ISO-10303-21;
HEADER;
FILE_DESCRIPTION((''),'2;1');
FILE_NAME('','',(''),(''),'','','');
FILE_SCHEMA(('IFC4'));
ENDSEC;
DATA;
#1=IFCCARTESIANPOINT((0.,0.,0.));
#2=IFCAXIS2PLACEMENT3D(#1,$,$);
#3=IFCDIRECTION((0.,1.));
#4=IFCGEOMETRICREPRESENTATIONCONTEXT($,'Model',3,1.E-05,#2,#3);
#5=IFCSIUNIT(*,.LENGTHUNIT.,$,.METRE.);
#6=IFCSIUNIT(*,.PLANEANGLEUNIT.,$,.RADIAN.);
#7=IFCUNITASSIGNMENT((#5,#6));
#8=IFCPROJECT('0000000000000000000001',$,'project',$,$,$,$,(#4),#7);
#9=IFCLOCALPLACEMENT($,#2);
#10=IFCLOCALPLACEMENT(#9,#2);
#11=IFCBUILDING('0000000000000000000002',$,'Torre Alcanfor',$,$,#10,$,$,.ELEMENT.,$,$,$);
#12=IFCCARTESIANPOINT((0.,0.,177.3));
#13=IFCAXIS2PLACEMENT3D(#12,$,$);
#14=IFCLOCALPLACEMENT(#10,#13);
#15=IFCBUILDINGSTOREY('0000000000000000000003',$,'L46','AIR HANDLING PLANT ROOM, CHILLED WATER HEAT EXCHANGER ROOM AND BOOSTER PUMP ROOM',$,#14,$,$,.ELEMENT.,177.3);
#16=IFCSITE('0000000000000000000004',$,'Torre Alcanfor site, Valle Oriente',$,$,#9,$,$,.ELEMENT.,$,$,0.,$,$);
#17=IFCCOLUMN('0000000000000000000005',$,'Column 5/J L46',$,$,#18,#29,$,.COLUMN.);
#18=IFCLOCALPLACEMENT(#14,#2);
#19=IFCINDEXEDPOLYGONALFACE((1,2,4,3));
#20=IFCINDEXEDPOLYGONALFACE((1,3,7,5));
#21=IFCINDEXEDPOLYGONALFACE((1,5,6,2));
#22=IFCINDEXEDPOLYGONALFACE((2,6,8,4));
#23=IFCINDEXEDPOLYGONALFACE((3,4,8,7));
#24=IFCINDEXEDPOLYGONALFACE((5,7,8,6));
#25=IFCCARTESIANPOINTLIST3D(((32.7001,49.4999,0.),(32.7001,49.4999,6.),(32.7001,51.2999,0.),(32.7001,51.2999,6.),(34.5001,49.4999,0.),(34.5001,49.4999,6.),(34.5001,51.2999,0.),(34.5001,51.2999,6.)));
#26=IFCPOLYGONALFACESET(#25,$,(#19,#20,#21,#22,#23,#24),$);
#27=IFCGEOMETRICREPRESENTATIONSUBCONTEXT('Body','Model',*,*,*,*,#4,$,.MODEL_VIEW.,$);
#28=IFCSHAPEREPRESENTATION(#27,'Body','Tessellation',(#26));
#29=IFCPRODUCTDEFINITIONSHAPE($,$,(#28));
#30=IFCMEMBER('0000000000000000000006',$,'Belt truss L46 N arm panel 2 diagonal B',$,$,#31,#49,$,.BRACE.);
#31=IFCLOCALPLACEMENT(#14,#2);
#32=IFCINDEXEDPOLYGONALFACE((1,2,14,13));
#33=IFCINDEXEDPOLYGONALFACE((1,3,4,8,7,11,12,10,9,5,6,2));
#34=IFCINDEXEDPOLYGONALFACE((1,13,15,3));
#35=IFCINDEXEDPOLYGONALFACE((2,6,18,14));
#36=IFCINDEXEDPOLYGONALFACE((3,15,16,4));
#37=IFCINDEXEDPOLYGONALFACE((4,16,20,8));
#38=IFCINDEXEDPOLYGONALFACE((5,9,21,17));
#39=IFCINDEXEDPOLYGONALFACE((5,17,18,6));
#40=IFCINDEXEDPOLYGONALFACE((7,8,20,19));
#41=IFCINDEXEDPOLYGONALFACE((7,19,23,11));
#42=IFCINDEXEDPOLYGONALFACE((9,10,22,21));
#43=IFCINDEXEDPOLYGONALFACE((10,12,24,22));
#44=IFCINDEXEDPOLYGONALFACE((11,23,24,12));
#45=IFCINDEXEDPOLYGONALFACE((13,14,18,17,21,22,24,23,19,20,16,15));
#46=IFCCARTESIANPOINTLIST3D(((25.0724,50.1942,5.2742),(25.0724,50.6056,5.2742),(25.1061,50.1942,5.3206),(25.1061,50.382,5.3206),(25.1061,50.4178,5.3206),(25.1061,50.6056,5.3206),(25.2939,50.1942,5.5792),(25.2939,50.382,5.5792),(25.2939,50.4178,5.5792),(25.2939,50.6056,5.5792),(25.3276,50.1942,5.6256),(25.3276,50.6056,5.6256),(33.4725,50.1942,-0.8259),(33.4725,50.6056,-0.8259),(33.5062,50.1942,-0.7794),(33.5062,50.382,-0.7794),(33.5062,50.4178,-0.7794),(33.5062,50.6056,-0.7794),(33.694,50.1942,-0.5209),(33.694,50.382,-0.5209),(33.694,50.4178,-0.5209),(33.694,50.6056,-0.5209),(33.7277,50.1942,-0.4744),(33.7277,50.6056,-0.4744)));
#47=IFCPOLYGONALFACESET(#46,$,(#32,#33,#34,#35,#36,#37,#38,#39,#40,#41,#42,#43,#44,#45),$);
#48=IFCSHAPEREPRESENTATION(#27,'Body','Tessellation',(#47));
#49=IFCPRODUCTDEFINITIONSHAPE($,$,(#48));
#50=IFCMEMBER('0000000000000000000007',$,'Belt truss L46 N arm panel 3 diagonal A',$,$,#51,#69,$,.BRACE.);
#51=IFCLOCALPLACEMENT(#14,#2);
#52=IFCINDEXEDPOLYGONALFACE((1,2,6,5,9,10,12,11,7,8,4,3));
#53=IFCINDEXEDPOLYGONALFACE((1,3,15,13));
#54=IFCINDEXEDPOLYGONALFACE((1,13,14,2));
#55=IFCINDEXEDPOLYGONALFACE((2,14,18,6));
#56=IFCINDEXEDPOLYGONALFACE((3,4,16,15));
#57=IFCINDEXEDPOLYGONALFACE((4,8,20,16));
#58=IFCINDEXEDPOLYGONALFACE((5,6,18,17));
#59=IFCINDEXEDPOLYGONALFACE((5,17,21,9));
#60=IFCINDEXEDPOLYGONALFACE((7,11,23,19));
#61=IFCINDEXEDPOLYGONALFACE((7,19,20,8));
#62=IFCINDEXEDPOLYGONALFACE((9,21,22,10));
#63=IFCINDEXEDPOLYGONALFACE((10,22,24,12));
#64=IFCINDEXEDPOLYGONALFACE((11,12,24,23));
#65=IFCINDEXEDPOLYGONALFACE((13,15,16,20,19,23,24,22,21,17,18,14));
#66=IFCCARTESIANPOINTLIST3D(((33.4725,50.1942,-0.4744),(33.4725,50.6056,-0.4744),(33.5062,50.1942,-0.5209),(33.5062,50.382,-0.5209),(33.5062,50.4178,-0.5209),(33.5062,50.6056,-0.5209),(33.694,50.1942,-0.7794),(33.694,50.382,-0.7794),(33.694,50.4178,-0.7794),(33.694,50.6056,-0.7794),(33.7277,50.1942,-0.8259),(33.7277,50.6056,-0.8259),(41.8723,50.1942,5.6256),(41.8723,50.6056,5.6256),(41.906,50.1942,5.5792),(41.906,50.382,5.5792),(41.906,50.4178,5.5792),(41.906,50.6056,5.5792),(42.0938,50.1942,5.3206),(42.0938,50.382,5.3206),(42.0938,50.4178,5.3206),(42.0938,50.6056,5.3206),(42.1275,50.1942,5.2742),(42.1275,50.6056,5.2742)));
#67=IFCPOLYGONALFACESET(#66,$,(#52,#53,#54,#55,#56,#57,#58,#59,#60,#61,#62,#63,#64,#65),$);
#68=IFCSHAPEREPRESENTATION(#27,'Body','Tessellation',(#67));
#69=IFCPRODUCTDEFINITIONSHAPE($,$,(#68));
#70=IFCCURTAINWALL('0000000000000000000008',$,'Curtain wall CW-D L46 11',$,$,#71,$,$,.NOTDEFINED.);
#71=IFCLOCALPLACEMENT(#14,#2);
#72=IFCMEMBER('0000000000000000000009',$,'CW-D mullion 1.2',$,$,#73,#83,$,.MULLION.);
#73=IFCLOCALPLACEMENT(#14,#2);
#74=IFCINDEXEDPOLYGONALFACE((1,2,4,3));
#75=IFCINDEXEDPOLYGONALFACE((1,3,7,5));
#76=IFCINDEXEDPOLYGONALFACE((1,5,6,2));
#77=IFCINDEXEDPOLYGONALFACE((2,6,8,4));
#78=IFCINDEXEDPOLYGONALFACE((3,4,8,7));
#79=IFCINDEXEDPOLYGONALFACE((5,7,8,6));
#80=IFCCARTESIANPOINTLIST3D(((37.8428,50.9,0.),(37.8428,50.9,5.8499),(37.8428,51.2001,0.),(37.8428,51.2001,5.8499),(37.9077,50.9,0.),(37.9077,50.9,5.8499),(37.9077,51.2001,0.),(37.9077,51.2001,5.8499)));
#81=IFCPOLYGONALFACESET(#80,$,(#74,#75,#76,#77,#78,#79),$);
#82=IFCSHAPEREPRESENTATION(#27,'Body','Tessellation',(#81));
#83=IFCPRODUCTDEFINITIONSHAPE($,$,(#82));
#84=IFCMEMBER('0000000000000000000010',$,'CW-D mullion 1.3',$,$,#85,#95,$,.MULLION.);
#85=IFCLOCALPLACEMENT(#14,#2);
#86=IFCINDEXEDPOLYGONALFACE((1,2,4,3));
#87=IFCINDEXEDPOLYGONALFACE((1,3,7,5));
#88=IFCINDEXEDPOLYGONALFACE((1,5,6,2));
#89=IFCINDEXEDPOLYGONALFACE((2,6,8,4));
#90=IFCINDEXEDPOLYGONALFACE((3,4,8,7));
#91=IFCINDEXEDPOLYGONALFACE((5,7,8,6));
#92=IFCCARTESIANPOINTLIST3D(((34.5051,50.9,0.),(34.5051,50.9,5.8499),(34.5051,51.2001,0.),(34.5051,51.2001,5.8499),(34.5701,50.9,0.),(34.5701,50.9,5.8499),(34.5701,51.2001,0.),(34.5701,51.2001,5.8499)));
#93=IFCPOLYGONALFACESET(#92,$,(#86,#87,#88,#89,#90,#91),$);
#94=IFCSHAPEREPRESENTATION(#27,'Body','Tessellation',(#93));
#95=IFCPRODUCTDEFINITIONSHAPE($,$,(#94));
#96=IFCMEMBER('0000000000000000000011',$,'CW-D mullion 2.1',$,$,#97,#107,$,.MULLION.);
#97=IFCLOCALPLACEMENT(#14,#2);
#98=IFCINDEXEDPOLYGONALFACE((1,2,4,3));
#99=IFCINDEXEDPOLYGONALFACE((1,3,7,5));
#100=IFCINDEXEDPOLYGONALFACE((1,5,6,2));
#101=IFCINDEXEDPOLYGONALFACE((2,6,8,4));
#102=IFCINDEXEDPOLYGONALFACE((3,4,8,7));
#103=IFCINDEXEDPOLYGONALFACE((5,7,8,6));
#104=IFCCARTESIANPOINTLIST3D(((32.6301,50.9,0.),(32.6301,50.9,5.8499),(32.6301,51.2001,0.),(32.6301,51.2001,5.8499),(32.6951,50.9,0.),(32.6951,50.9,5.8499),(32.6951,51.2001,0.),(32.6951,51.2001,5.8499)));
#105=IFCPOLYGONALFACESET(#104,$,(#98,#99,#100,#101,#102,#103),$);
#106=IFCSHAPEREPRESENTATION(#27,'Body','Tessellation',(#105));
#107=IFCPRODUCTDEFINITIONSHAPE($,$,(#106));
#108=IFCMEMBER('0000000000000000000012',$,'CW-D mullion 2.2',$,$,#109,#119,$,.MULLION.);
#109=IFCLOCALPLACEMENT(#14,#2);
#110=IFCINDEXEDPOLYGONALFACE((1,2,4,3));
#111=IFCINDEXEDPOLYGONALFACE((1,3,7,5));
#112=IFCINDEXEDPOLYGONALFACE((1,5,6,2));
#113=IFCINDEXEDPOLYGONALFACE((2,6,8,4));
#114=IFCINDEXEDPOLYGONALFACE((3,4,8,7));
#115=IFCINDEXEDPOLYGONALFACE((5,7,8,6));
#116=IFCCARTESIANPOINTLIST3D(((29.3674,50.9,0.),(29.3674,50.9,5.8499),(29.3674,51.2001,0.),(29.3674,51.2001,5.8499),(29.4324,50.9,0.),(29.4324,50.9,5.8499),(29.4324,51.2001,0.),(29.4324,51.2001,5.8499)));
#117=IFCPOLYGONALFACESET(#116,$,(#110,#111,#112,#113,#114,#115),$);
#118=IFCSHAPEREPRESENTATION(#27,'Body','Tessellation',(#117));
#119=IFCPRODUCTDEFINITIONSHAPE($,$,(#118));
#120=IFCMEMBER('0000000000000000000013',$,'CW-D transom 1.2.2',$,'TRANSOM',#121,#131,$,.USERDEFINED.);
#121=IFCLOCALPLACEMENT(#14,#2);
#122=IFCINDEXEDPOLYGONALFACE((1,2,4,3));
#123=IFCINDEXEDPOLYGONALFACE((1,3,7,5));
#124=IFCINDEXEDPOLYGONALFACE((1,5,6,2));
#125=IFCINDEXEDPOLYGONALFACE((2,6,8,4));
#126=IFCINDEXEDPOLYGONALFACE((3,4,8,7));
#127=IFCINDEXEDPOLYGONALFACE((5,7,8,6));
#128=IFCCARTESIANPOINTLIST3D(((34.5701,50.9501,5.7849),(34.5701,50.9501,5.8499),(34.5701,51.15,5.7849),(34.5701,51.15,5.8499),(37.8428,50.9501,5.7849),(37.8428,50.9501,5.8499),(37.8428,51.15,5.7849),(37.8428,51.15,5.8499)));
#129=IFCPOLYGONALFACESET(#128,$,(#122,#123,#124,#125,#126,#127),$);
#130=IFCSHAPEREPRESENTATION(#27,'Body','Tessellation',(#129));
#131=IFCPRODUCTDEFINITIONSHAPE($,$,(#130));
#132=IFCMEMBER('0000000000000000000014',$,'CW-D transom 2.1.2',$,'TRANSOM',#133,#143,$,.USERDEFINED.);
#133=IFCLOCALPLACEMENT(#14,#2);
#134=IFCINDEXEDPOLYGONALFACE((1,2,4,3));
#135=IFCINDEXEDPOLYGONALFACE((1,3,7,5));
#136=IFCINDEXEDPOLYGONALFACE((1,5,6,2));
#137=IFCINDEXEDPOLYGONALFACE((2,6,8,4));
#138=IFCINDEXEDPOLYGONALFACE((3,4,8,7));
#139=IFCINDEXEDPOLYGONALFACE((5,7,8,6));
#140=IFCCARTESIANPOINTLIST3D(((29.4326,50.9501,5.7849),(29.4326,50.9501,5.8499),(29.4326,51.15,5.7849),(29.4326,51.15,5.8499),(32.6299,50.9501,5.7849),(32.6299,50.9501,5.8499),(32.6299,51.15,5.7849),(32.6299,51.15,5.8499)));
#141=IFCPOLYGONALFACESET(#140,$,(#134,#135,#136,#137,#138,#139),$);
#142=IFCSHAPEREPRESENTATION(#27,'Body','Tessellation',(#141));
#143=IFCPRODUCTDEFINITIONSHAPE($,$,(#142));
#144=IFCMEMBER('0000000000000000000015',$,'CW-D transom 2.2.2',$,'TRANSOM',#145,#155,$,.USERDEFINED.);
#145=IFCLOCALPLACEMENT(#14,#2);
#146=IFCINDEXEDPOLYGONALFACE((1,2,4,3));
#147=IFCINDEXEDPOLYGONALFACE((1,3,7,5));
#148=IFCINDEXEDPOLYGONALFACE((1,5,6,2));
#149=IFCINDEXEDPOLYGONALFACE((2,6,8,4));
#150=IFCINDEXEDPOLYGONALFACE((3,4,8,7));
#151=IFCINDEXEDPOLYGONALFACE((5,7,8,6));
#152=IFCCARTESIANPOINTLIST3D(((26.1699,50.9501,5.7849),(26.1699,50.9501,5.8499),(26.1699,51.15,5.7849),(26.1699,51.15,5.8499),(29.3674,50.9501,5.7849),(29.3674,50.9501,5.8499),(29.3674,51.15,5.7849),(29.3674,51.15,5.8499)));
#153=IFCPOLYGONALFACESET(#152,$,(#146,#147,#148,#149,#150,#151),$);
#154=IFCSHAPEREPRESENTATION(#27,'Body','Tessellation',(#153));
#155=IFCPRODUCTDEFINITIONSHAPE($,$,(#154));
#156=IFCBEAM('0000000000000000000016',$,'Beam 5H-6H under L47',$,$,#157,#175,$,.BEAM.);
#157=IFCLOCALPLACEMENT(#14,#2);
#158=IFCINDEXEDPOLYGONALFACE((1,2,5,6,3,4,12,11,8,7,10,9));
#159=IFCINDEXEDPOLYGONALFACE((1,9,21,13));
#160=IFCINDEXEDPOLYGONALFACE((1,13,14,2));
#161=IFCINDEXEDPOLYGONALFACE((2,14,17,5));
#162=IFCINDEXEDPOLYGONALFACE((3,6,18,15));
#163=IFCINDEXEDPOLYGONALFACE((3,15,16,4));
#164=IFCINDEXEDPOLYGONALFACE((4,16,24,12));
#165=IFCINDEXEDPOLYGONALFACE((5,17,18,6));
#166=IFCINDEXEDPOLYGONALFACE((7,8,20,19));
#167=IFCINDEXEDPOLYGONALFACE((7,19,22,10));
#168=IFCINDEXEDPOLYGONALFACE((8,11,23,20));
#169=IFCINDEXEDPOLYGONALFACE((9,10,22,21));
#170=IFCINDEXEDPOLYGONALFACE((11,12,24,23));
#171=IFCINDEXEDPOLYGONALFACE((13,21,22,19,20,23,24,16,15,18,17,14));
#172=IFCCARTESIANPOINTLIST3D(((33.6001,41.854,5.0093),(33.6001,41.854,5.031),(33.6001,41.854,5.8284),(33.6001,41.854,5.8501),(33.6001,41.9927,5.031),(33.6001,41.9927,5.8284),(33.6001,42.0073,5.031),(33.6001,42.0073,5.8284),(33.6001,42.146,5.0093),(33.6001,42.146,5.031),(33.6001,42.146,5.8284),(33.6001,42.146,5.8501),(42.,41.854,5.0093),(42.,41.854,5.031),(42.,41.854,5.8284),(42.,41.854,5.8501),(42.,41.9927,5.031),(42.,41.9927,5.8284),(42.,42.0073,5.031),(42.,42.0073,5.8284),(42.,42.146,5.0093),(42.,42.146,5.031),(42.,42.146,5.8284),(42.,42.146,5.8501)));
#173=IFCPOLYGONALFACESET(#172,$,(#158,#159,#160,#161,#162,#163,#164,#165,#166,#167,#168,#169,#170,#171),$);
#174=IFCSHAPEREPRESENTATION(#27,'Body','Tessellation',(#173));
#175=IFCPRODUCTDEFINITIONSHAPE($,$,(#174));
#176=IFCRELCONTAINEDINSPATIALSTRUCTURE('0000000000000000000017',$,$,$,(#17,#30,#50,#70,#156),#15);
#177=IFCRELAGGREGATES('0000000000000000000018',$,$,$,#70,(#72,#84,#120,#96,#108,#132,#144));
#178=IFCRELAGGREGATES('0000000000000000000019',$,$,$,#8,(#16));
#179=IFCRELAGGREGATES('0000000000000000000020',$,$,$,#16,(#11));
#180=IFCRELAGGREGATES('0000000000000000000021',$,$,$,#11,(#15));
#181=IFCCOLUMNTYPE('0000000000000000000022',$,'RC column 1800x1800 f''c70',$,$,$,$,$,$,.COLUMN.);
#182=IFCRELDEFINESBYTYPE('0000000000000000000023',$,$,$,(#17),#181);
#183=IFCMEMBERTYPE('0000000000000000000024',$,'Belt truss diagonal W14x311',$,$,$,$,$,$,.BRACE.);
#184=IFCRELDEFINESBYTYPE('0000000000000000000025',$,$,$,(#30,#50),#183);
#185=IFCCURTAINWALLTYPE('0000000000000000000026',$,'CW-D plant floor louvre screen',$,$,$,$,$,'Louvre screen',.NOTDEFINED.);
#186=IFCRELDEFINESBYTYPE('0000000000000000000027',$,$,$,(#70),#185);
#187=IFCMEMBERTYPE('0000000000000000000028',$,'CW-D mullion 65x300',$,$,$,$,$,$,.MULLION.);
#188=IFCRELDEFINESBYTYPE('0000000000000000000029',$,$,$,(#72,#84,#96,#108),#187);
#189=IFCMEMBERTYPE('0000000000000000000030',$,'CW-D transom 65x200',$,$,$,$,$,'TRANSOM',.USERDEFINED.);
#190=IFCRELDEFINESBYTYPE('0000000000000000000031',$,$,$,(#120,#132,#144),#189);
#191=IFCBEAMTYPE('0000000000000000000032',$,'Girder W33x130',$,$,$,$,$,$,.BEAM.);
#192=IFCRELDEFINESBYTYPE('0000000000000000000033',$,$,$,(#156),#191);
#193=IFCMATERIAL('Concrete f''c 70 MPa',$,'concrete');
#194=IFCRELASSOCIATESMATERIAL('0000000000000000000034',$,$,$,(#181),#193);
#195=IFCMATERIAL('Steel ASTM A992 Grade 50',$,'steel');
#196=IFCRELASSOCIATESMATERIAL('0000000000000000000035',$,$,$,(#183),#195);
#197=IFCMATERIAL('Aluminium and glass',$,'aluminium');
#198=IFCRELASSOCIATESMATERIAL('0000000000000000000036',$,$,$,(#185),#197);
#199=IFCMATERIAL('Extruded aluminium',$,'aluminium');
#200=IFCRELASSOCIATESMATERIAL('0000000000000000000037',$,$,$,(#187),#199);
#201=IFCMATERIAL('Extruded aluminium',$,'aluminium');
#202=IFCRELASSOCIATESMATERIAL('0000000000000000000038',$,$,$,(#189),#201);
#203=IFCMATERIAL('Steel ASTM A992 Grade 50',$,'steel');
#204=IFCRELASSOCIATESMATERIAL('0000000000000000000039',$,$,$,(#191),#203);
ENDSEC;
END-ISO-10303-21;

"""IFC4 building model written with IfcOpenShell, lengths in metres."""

from ifc_helpers import new_model, si_unit, direction, frame, origin, origin_2d, place, context, subcontext, project, spatial, rectangle, i_section, extrude, material, material_profile, profile_set, type_object, element, aggregate, save


model = new_model("IFC4")

# Units and contexts
model_context = context("Model", 3, precision=1e-05, world=origin(), true_north=direction((0.0, 1.0)))
body_context = subcontext(model_context, "Body", "Model", "MODEL_VIEW")
ifc_project = project(units=[si_unit("LENGTHUNIT", "METRE"), si_unit("PLANEANGLEUNIT", "RADIAN")], contexts=[model_context])

# Site, building, storey
site_placement = place(None, origin())
site = spatial("IfcSite", under=ifc_project, at=site_placement, Name="Torre Alcanfor site, Valle Oriente", CompositionType="ELEMENT", RefElevation=0.0)
building_placement = place(site_placement, origin())
building = spatial("IfcBuilding", under=site, at=building_placement, Name="Torre Alcanfor", CompositionType="ELEMENT")
storey_placement = place(building_placement, frame((0.0, 0.0, 177.3)))
storey = spatial("IfcBuildingStorey", under=building, at=storey_placement, Name="L46", Description="AIR HANDLING PLANT ROOM, CHILLED WATER HEAT EXCHANGER ROOM AND BOOSTER PUMP ROOM", CompositionType="ELEMENT", Elevation=177.3)

# Column
ifc_material_1 = material(Name="Concrete f'c 70 MPa", Category="concrete")
ifc_material_profile_1 = material_profile(ifc_material_1, rectangle(XDim=1.8, YDim=1.8, at=origin_2d()), Name="1800x1800")
ifc_profile_set_1 = profile_set([ifc_material_profile_1], Name="Concrete f'c 70 MPa")
column_type = type_object("IfcColumnType", Name="RC column 1800x1800 f'c70", PredefinedType="COLUMN", material=ifc_profile_set_1)
column_placement = place(storey_placement, frame((33.6001, 50.3999, 0.0), z_axis=(0.0, 0.0, 1.0), x_axis=(1.0, 0.0, 0.0)))
element("IfcColumn", 1, at=column_placement, inside=storey, type_object=column_type, Name="Column 5/J L46", PredefinedType="COLUMN", context=body_context, shape_type="SweptSolid", body=[
    extrude(rectangle(XDim=1.8, YDim=1.8, at=origin_2d()), origin(), (0.0, 0.0, 1.0), 6.0),
])

# Members
ifc_material_2 = material(Name="Steel ASTM A992 Grade 50", Category="steel")
ifc_material_profile_2 = material_profile(ifc_material_2, i_section(OverallWidth=0.4114, OverallDepth=0.4343, WebThickness=0.0359, FlangeThickness=0.0574, at=origin_2d()), Name="W14x311")
ifc_profile_set_2 = profile_set([ifc_material_profile_2], Name="Steel ASTM A992 Grade 50")
member_type_1 = type_object("IfcMemberType", Name="Belt truss diagonal W14x311", PredefinedType="BRACE", material=ifc_profile_set_2)
member_1_placement = place(storey_placement, frame((33.6001, 50.3999, -0.6501), z_axis=(-0.809153, 0.0, 0.587598), x_axis=(0.0, -1.0, 0.0)))
element("IfcMember", 2, at=member_1_placement, inside=storey, type_object=member_type_1, Name="Belt truss L46 N arm panel 2 diagonal B", PredefinedType="BRACE", context=body_context, shape_type="SweptSolid", body=[
    extrude(i_section(OverallWidth=0.4114, OverallDepth=0.4343, WebThickness=0.0359, FlangeThickness=0.0574, at=origin_2d()), origin(), (0.0, 0.0, 1.0), 10.3813),
])
member_2_placement = place(storey_placement, frame((33.6001, 50.3999, -0.6501), z_axis=(0.809145, 0.0, 0.587609), x_axis=(0.0, 1.0, 0.0)))
element("IfcMember", 3, at=member_2_placement, inside=storey, type_object=member_type_1, Name="Belt truss L46 N arm panel 3 diagonal A", PredefinedType="BRACE", context=body_context, shape_type="SweptSolid", body=[
    extrude(i_section(OverallWidth=0.4114, OverallDepth=0.4343, WebThickness=0.0359, FlangeThickness=0.0574, at=origin_2d()), origin(), (0.0, 0.0, 1.0), 10.3811),
])

# Curtain wall, members
ifc_material_3 = material(Name="Aluminium and glass", Category="aluminium")
curtain_wall_type = type_object("IfcCurtainWallType", Name="CW-D plant floor louvre screen", ElementType="Louvre screen", PredefinedType="NOTDEFINED", material=ifc_material_3)
curtain_wall_placement = place(storey_placement, origin())
curtain_wall = element("IfcCurtainWall", 4, at=curtain_wall_placement, inside=storey, type_object=curtain_wall_type, Name="Curtain wall CW-D L46 11", PredefinedType="NOTDEFINED")
ifc_material_4 = material(Name="Extruded aluminium", Category="aluminium")
ifc_material_profile_3 = material_profile(ifc_material_4, rectangle(XDim=0.3, YDim=0.0649, at=origin_2d()), Name="CW-D mullion 65x300")
ifc_profile_set_3 = profile_set([ifc_material_profile_3], Name="Extruded aluminium")
member_type_2 = type_object("IfcMemberType", Name="CW-D mullion 65x300", PredefinedType="MULLION", material=ifc_profile_set_3)
member_3_placement = place(storey_placement, frame((37.8752, 51.05, 0.0), z_axis=(0.0, 0.0, 1.0), x_axis=(0.0, -1.0, 0.0)))
member_3 = element("IfcMember", 5, at=member_3_placement, type_object=member_type_2, Name="CW-D mullion 1.2", PredefinedType="MULLION", context=body_context, shape_type="SweptSolid", body=[
    extrude(rectangle(XDim=0.3, YDim=0.0649, at=origin_2d()), origin(), (0.0, 0.0, 1.0), 5.8499),
])
member_4_placement = place(storey_placement, frame((34.5376, 51.05, 0.0), z_axis=(0.0, 0.0, 1.0), x_axis=(0.0, -1.0, 0.0)))
member_4 = element("IfcMember", 6, at=member_4_placement, type_object=member_type_2, Name="CW-D mullion 1.3", PredefinedType="MULLION", context=body_context, shape_type="SweptSolid", body=[
    extrude(rectangle(XDim=0.3, YDim=0.0649, at=origin_2d()), origin(), (0.0, 0.0, 1.0), 5.8499),
])
member_5_placement = place(storey_placement, frame((32.6626, 51.05, 0.0), z_axis=(0.0, 0.0, 1.0), x_axis=(0.0, -1.0, 0.0)))
member_5 = element("IfcMember", 7, at=member_5_placement, type_object=member_type_2, Name="CW-D mullion 2.1", PredefinedType="MULLION", context=body_context, shape_type="SweptSolid", body=[
    extrude(rectangle(XDim=0.3, YDim=0.0649, at=origin_2d()), origin(), (0.0, 0.0, 1.0), 5.8499),
])
member_6_placement = place(storey_placement, frame((29.3999, 51.05, 0.0), z_axis=(0.0, 0.0, 1.0), x_axis=(0.0, -1.0, 0.0)))
member_6 = element("IfcMember", 8, at=member_6_placement, type_object=member_type_2, Name="CW-D mullion 2.2", PredefinedType="MULLION", context=body_context, shape_type="SweptSolid", body=[
    extrude(rectangle(XDim=0.3, YDim=0.0649, at=origin_2d()), origin(), (0.0, 0.0, 1.0), 5.8499),
])
ifc_material_5 = material(Name="Extruded aluminium", Category="aluminium")
ifc_material_profile_4 = material_profile(ifc_material_5, rectangle(XDim=0.2, YDim=0.0649, at=origin_2d()), Name="CW-D transom 200x65")
ifc_profile_set_4 = profile_set([ifc_material_profile_4], Name="Extruded aluminium")
member_type_3 = type_object("IfcMemberType", Name="CW-D transom 65x200", ElementType="TRANSOM", PredefinedType="USERDEFINED", material=ifc_profile_set_4)
member_7_placement = place(storey_placement, frame((37.8428, 51.05, 5.8174), z_axis=(-1.0, 0.0, 0.0), x_axis=(0.0, -1.0, 0.0)))
member_7 = element("IfcMember", 9, at=member_7_placement, type_object=member_type_3, Name="CW-D transom 1.2.2", ObjectType="TRANSOM", PredefinedType="USERDEFINED", context=body_context, shape_type="SweptSolid", body=[
    extrude(rectangle(XDim=0.2, YDim=0.0649, at=origin_2d()), origin(), (0.0, 0.0, 1.0), 3.2727),
])
member_8_placement = place(storey_placement, frame((32.6299, 51.05, 5.8174), z_axis=(-1.0, 0.0, 0.0), x_axis=(0.0, -1.0, 0.0)))
member_8 = element("IfcMember", 10, at=member_8_placement, type_object=member_type_3, Name="CW-D transom 2.1.2", ObjectType="TRANSOM", PredefinedType="USERDEFINED", context=body_context, shape_type="SweptSolid", body=[
    extrude(rectangle(XDim=0.2, YDim=0.0649, at=origin_2d()), origin(), (0.0, 0.0, 1.0), 3.1973),
])
member_9_placement = place(storey_placement, frame((29.3674, 51.05, 5.8174), z_axis=(-1.0, 0.0, 0.0), x_axis=(0.0, -1.0, 0.0)))
member_9 = element("IfcMember", 11, at=member_9_placement, type_object=member_type_3, Name="CW-D transom 2.2.2", ObjectType="TRANSOM", PredefinedType="USERDEFINED", context=body_context, shape_type="SweptSolid", body=[
    extrude(rectangle(XDim=0.2, YDim=0.0649, at=origin_2d()), origin(), (0.0, 0.0, 1.0), 3.1975),
])

# Beam
ifc_material_6 = material(Name="Steel ASTM A992 Grade 50", Category="steel")
ifc_material_profile_5 = material_profile(ifc_material_6, i_section(OverallWidth=0.292, OverallDepth=0.8408, WebThickness=0.0146, FlangeThickness=0.0217, at=origin_2d()), Name="W33x130")
ifc_profile_set_5 = profile_set([ifc_material_profile_5], Name="Steel ASTM A992 Grade 50")
beam_type_1 = type_object("IfcBeamType", Name="Girder W33x130", PredefinedType="BEAM", material=ifc_profile_set_5)
for number, where, z_axis, x_axis, name in (
    (12, (33.6001, 42.0, 5.4297), (1.0, 0.0, 0.0), (0.0, 1.0, 0.0), "Beam 5H-6H under L47"),
):
    element("IfcBeam", number, at=place(storey_placement, frame(where, z_axis=z_axis, x_axis=x_axis)), inside=storey, type_object=beam_type_1, Name=name, PredefinedType="BEAM", context=body_context, shape_type="SweptSolid", body=[
        extrude(i_section(OverallWidth=0.292, OverallDepth=0.8408, WebThickness=0.0146, FlangeThickness=0.0217, at=origin_2d()), origin(), (0.0, 0.0, 1.0), 8.3999),
    ])

aggregate(curtain_wall, [member_3, member_4, member_7, member_5, member_6, member_8, member_9])

save(model, "model.ifc")
